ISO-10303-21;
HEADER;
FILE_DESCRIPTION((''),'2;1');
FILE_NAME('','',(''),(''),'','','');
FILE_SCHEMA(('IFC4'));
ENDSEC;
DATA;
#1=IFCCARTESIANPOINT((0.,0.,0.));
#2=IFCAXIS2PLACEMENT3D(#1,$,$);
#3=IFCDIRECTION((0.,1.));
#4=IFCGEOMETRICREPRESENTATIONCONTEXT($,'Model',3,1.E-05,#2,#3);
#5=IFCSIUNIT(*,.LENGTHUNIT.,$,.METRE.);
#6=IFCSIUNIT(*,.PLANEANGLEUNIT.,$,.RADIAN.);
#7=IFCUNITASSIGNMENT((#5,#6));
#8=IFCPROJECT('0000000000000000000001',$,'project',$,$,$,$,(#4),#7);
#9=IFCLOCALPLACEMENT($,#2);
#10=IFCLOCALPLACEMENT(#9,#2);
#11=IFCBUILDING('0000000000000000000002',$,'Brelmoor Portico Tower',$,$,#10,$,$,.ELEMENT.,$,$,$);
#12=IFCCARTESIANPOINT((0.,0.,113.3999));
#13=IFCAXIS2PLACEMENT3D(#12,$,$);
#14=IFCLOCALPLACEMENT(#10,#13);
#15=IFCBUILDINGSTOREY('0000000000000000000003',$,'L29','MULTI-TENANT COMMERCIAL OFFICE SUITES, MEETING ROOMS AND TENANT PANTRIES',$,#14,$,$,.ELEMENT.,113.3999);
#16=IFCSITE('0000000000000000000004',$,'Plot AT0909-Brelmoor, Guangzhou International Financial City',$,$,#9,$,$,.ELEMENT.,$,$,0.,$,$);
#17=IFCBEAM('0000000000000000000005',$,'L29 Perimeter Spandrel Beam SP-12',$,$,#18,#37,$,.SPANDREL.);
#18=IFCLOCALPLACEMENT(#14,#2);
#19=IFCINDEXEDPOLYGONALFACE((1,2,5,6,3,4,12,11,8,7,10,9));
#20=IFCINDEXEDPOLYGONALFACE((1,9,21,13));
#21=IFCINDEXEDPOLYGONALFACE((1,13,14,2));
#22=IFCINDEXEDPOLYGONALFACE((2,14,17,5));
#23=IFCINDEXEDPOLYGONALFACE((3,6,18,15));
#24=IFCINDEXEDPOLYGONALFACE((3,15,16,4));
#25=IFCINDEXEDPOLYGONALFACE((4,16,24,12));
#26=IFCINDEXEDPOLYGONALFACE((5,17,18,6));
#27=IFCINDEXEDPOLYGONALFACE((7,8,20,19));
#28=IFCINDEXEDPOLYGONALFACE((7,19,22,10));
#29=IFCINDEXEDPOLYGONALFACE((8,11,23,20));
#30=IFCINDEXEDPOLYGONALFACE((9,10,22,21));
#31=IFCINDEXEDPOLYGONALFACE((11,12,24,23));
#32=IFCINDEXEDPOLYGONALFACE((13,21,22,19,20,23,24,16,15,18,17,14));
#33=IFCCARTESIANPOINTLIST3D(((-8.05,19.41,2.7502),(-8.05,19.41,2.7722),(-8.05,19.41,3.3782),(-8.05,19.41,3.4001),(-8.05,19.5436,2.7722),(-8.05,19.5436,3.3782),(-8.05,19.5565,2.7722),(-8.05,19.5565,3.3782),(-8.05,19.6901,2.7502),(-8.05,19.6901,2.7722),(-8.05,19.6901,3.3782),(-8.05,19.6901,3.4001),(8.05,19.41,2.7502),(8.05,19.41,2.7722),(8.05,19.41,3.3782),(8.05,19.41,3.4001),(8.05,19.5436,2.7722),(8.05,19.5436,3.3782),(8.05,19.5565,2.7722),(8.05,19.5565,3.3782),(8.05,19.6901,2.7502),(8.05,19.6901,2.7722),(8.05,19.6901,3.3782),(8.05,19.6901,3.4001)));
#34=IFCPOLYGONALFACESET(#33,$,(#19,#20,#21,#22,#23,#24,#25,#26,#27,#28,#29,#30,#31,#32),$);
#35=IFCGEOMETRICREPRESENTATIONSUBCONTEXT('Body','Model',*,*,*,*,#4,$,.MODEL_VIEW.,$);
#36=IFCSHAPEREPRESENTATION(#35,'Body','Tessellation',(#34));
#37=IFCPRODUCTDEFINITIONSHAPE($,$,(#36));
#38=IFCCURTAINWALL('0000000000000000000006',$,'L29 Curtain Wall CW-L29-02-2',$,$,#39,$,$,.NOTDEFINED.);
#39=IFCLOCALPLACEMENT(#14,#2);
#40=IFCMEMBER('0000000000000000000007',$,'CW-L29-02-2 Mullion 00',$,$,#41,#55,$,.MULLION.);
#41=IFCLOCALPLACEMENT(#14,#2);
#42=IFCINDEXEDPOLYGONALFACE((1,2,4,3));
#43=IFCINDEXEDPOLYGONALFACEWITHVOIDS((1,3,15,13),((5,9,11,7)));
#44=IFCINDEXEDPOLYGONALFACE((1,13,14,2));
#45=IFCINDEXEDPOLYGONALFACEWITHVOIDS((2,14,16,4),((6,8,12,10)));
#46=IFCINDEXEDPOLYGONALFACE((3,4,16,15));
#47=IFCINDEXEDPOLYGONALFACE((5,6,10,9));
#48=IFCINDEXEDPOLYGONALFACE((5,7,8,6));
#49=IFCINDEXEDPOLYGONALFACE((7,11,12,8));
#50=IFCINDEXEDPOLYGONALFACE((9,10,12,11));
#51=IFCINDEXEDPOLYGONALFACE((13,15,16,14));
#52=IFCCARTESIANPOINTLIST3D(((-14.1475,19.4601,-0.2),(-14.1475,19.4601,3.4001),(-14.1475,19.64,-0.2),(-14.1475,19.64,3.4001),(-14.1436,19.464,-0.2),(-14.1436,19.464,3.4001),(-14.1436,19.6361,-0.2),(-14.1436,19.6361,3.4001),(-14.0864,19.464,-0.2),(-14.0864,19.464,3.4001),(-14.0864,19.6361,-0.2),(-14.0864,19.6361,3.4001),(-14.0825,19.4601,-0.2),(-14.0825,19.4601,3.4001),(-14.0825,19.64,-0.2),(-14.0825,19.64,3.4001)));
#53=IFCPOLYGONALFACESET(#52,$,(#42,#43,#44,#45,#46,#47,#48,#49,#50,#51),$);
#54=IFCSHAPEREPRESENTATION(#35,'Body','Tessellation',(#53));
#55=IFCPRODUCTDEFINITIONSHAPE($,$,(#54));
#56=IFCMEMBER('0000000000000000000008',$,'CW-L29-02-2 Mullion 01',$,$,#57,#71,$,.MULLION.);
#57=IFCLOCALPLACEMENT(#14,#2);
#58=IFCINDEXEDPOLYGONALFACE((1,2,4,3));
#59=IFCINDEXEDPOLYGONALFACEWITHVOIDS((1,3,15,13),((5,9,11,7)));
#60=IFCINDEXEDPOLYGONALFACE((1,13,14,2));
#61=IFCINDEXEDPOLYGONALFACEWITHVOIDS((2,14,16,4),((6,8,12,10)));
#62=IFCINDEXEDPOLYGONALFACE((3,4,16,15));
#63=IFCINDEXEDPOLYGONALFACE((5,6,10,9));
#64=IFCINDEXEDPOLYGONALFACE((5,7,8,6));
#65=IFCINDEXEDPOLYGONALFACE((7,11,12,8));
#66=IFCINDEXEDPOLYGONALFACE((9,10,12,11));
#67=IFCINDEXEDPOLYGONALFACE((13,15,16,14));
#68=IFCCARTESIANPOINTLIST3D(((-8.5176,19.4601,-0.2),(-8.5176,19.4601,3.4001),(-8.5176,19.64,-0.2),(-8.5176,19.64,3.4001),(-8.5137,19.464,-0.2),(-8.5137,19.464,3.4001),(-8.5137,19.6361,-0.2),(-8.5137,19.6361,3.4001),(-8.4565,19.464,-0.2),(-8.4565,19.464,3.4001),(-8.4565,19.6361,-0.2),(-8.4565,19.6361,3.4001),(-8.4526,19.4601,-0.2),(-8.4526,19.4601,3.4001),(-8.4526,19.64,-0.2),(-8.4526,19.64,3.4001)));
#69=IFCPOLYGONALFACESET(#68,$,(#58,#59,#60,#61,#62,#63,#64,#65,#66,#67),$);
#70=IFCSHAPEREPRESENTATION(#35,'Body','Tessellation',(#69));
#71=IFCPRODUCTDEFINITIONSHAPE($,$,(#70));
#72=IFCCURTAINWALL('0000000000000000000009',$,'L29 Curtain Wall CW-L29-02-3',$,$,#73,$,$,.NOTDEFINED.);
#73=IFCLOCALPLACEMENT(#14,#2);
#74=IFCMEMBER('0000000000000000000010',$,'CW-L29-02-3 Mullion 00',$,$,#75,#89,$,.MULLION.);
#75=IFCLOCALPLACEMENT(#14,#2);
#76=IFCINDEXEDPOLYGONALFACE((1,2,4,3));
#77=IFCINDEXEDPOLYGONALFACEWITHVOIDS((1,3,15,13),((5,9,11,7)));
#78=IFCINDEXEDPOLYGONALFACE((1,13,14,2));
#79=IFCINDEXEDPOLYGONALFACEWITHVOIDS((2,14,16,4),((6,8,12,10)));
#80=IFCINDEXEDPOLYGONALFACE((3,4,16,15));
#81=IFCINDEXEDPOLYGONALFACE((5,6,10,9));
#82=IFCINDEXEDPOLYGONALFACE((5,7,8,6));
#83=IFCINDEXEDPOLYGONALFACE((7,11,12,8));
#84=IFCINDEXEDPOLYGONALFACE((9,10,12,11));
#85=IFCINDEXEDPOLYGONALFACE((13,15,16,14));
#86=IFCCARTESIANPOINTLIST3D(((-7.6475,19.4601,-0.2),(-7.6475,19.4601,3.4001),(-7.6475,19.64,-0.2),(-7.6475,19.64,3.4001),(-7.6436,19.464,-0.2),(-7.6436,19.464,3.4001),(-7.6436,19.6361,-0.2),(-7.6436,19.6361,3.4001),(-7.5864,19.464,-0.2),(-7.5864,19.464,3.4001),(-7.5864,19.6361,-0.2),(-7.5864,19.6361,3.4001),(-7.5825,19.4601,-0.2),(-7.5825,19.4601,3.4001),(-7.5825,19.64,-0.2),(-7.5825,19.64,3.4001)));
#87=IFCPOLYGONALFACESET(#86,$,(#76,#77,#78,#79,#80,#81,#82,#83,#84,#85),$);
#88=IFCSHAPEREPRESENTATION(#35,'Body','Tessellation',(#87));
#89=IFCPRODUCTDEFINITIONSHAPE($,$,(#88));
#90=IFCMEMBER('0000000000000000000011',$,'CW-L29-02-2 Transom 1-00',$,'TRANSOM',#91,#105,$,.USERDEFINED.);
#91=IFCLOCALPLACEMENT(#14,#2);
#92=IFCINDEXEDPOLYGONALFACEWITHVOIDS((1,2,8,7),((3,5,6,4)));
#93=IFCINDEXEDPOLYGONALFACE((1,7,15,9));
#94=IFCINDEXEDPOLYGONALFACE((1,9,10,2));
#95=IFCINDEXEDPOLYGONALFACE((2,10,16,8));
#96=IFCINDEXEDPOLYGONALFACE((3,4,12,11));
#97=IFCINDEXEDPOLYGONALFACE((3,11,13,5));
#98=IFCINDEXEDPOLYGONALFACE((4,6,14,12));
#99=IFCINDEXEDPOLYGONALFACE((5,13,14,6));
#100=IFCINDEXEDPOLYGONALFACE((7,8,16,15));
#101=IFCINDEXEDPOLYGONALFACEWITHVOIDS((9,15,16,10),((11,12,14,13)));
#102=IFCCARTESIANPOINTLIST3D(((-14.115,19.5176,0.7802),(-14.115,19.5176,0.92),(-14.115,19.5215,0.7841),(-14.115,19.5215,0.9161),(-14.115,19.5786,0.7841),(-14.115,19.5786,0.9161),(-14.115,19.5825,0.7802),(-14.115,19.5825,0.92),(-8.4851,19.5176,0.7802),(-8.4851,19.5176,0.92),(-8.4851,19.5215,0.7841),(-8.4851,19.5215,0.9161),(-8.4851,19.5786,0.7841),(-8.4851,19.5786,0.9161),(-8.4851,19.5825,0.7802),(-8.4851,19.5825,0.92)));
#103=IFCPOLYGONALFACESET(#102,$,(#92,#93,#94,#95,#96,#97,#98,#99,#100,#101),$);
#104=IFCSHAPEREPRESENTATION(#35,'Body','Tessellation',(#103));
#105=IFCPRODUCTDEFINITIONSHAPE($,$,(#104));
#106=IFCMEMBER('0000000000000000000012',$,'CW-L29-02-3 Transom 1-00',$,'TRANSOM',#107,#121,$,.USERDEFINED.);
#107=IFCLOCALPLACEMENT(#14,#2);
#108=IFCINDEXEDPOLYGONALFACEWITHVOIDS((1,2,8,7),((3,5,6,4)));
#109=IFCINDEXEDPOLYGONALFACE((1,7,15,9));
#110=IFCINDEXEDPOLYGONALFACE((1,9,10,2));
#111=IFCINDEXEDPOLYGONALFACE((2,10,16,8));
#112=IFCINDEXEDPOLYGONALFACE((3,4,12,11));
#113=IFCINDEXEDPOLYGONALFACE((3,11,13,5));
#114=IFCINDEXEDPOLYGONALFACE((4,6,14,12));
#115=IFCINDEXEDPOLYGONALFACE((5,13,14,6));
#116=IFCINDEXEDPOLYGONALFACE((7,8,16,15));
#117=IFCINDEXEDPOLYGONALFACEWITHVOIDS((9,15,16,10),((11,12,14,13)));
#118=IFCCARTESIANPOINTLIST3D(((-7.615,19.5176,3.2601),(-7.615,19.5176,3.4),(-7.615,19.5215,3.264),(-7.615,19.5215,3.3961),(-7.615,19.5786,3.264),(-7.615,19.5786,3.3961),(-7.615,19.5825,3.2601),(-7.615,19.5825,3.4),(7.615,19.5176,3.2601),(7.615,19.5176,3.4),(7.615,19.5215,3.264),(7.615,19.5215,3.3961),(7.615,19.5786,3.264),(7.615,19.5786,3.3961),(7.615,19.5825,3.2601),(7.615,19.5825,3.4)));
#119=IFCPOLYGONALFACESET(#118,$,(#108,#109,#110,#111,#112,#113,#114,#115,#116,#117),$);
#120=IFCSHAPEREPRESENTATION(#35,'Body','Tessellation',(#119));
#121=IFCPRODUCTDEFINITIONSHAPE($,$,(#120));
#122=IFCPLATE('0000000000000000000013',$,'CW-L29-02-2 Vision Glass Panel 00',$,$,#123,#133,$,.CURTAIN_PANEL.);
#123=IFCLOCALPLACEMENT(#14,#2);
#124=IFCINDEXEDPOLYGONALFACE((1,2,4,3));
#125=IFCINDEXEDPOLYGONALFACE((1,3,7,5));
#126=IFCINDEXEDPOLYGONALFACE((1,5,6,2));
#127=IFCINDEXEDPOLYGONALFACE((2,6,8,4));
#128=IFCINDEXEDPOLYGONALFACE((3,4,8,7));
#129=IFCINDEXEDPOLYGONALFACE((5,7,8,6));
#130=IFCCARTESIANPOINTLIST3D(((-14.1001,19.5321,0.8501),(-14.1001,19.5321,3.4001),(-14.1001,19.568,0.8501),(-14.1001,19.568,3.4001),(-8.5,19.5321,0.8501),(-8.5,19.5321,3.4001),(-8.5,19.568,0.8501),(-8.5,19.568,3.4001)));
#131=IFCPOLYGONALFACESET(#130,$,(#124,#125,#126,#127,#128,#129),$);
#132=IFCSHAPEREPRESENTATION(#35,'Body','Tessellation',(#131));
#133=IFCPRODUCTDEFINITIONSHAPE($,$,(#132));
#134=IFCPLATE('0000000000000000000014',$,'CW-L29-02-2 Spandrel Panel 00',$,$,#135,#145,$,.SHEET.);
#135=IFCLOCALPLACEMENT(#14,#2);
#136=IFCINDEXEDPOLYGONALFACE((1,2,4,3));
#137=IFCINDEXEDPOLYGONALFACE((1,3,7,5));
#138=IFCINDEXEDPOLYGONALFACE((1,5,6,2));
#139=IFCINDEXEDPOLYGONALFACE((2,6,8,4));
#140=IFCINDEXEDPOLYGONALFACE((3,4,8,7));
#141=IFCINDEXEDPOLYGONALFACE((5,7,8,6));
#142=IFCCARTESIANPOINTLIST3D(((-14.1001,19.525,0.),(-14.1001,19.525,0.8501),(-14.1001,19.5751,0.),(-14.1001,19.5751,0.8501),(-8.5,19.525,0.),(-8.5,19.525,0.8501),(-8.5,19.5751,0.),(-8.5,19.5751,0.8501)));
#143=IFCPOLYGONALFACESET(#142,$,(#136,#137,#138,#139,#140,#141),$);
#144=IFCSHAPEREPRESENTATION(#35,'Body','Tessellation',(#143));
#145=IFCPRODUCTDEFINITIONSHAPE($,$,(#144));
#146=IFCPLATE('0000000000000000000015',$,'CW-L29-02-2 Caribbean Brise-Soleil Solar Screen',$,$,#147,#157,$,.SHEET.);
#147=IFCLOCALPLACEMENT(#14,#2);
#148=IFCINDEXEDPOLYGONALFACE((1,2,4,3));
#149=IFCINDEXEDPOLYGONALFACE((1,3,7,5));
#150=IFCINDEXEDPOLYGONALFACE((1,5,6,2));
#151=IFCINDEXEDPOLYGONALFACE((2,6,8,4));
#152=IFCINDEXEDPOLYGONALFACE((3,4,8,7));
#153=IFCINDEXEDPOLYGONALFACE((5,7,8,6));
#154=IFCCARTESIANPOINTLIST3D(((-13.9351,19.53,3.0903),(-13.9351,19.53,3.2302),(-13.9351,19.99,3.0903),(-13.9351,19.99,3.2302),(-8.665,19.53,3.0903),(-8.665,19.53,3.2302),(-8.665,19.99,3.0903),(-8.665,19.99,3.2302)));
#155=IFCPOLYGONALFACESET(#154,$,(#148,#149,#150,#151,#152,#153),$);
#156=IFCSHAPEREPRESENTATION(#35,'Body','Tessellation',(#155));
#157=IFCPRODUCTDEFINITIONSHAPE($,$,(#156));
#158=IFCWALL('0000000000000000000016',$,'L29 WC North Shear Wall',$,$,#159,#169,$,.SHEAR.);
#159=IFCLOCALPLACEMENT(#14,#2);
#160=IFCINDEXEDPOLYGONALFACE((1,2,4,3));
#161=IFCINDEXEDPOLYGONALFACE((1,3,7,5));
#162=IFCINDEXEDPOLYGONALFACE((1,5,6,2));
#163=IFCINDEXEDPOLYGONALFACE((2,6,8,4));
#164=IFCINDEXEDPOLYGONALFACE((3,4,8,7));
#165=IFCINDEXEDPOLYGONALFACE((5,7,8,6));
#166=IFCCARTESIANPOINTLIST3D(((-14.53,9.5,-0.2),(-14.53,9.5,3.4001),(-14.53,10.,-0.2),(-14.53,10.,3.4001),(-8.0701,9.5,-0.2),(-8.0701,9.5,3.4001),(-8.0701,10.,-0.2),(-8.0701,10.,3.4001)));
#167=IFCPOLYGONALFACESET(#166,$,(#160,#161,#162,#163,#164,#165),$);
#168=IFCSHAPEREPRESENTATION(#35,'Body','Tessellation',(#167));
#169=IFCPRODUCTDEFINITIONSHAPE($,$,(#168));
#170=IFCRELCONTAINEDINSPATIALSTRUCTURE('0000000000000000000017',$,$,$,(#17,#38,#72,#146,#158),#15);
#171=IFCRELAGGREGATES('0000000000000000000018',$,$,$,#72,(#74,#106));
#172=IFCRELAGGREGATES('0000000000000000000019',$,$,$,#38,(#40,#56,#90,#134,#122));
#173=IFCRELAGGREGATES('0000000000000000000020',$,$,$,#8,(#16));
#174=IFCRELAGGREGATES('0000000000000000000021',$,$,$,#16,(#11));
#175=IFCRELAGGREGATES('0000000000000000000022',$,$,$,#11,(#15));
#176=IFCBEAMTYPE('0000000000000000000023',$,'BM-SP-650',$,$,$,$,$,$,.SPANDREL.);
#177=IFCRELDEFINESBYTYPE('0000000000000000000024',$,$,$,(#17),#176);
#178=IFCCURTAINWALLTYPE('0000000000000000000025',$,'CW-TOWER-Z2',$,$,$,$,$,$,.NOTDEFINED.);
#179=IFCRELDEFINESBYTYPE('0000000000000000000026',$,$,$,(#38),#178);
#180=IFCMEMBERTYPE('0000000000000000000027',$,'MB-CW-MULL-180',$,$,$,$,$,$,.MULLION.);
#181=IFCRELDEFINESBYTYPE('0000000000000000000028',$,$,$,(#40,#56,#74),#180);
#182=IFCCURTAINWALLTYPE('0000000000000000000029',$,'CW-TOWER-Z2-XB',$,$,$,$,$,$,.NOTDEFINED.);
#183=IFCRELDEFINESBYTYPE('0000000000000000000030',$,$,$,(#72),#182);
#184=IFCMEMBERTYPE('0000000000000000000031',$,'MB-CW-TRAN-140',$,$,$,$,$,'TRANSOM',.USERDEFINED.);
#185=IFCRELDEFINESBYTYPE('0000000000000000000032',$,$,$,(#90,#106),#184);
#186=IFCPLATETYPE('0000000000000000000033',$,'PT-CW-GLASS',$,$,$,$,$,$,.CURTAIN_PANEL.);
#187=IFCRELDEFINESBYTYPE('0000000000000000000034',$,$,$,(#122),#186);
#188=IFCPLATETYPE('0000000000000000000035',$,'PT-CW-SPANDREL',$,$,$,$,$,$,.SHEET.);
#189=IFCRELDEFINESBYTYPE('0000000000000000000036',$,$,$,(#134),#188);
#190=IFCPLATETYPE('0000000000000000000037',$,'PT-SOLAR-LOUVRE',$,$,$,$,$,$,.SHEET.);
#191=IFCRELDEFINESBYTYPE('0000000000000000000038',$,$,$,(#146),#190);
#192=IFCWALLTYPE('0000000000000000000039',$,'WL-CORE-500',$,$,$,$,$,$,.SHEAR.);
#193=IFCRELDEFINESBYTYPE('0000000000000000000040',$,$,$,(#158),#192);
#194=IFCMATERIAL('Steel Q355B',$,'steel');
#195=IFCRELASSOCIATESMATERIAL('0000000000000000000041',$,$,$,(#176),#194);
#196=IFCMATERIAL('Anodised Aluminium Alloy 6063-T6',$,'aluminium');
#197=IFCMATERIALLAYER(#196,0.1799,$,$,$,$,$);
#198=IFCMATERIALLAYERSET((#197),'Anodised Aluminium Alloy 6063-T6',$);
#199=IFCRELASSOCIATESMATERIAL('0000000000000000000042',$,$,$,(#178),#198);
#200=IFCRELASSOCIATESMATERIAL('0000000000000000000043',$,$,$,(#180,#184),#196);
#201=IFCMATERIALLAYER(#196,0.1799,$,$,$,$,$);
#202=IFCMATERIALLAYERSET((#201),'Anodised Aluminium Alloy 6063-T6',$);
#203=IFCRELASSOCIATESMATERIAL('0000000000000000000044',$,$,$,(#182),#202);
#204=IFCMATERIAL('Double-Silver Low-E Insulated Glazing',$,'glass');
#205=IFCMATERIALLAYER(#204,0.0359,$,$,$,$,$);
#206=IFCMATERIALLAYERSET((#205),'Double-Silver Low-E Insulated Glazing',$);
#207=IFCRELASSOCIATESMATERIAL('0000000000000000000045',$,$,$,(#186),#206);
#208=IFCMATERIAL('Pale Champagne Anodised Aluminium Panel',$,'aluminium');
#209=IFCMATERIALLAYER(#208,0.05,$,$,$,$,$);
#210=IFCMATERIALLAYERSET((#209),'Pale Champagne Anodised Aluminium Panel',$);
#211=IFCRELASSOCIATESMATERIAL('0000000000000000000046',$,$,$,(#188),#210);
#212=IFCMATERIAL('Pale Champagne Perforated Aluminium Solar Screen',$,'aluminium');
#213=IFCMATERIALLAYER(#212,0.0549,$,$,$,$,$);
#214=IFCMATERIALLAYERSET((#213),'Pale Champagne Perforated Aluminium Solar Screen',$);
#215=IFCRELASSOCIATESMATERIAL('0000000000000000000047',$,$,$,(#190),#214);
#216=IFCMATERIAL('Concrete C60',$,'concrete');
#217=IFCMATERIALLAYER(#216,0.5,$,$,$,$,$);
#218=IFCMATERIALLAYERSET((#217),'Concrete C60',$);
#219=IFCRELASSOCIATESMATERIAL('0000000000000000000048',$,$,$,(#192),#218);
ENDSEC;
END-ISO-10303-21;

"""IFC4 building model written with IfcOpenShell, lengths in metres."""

from ifc_helpers import new_model, si_unit, direction, frame, frame_2d, origin, origin_2d, place, context, subcontext, project, spatial, rectangle, hollow_rectangle, i_section, extrude, material, layer, layer_set, material_profile, profile_set, type_object, element, aggregate, save


model = new_model("IFC4")

# Units and contexts
model_context = context("Model", 3, precision=1e-05, world=origin(), true_north=direction((0.0, 1.0)))
body_context = subcontext(model_context, "Body", "Model", "MODEL_VIEW")
ifc_project = project(units=[si_unit("LENGTHUNIT", "METRE"), si_unit("PLANEANGLEUNIT", "RADIAN")], contexts=[model_context])

# Site, building, storey
site_placement = place(None, origin())
site = spatial("IfcSite", under=ifc_project, at=site_placement, Name="Plot AT0909-Brelmoor, Guangzhou International Financial City", CompositionType="ELEMENT", RefElevation=0.0)
building_placement = place(site_placement, origin())
building = spatial("IfcBuilding", under=site, at=building_placement, Name="Brelmoor Portico Tower", CompositionType="ELEMENT")
storey_placement = place(building_placement, frame((0.0, 0.0, 113.3999)))
storey = spatial("IfcBuildingStorey", under=building, at=storey_placement, Name="L29", Description="MULTI-TENANT COMMERCIAL OFFICE SUITES, MEETING ROOMS AND TENANT PANTRIES", CompositionType="ELEMENT", Elevation=113.3999)

# Shared definitions
ifc_material_1 = material(Name="Steel Q355B", Category="steel")

# Beam
ifc_material_profile_1 = material_profile(ifc_material_1, i_section(OverallWidth=0.28, OverallDepth=0.6499, WebThickness=0.0129, FlangeThickness=0.022, at=origin_2d()), Name="HN 650x280x13x22")
ifc_profile_set_1 = profile_set([ifc_material_profile_1], Name="Steel Q355B")
beam_type_1 = type_object("IfcBeamType", Name="BM-SP-650", PredefinedType="SPANDREL", material=ifc_profile_set_1)
beam_1_placement = place(storey_placement, frame((-8.05, 19.55, 3.0752), z_axis=(1.0, 0.0, 0.0), x_axis=(0.0, 1.0, 0.0)))
element("IfcBeam", 1, at=beam_1_placement, inside=storey, type_object=beam_type_1, Name="L29 Perimeter Spandrel Beam SP-12", PredefinedType="SPANDREL", context=body_context, shape_type="SweptSolid", body=[
    extrude(i_section(OverallWidth=0.28, OverallDepth=0.6499, WebThickness=0.0129, FlangeThickness=0.022, at=origin_2d()), origin(), (0.0, 0.0, 1.0), 16.1001),
])

# Curtain wall, members
ifc_material_2 = material(Name="Anodised Aluminium Alloy 6063-T6", Category="aluminium")
ifc_layer_1 = layer(ifc_material_2, 0.1799)
ifc_layer_set_1 = layer_set([ifc_layer_1], Name="Anodised Aluminium Alloy 6063-T6")
curtain_wall_type_1 = type_object("IfcCurtainWallType", Name="CW-TOWER-Z2", PredefinedType="NOTDEFINED", material=ifc_layer_set_1)
curtain_wall_1_placement = place(storey_placement, origin())
curtain_wall_1 = element("IfcCurtainWall", 2, at=curtain_wall_1_placement, inside=storey, type_object=curtain_wall_type_1, Name="L29 Curtain Wall CW-L29-02-2", PredefinedType="NOTDEFINED")
ifc_material_profile_2 = material_profile(ifc_material_2, hollow_rectangle(XDim=0.0649, YDim=0.1799, WallThickness=0.0039, at=origin_2d()), Name="ALU MULLION 65x180")
ifc_profile_set_2 = profile_set([ifc_material_profile_2], Name="Anodised Aluminium Alloy 6063-T6")
member_type_1 = type_object("IfcMemberType", Name="MB-CW-MULL-180", PredefinedType="MULLION", material=ifc_profile_set_2)
member_1_placement = place(storey_placement, frame((-14.115, 19.55, -0.2), z_axis=(0.0, 0.0, 1.0), x_axis=(1.0, 0.0, 0.0)))
member_1 = element("IfcMember", 3, at=member_1_placement, type_object=member_type_1, Name="CW-L29-02-2 Mullion 00", PredefinedType="MULLION", context=body_context, shape_type="SweptSolid", body=[
    extrude(hollow_rectangle(XDim=0.0649, YDim=0.1799, WallThickness=0.0039, at=origin_2d()), origin(), (0.0, 0.0, 1.0), 3.6001),
])
member_2_placement = place(storey_placement, frame((-8.4851, 19.55, -0.2), z_axis=(0.0, 0.0, 1.0), x_axis=(1.0, 0.0, 0.0)))
member_2 = element("IfcMember", 4, at=member_2_placement, type_object=member_type_1, Name="CW-L29-02-2 Mullion 01", PredefinedType="MULLION", context=body_context, shape_type="SweptSolid", body=[
    extrude(hollow_rectangle(XDim=0.0649, YDim=0.1799, WallThickness=0.0039, at=origin_2d()), origin(), (0.0, 0.0, 1.0), 3.6001),
])

# Curtain wall, member
ifc_layer_2 = layer(ifc_material_2, 0.1799)
ifc_layer_set_2 = layer_set([ifc_layer_2], Name="Anodised Aluminium Alloy 6063-T6")
curtain_wall_type_2 = type_object("IfcCurtainWallType", Name="CW-TOWER-Z2-XB", PredefinedType="NOTDEFINED", material=ifc_layer_set_2)
curtain_wall_2_placement = place(storey_placement, origin())
curtain_wall_2 = element("IfcCurtainWall", 5, at=curtain_wall_2_placement, inside=storey, type_object=curtain_wall_type_2, Name="L29 Curtain Wall CW-L29-02-3", PredefinedType="NOTDEFINED")
member_3_placement = place(storey_placement, frame((-7.615, 19.55, -0.2), z_axis=(0.0, 0.0, 1.0), x_axis=(1.0, 0.0, 0.0)))
member_3 = element("IfcMember", 6, at=member_3_placement, type_object=member_type_1, Name="CW-L29-02-3 Mullion 00", PredefinedType="MULLION", context=body_context, shape_type="SweptSolid", body=[
    extrude(hollow_rectangle(XDim=0.0649, YDim=0.1799, WallThickness=0.0039, at=origin_2d()), origin(), (0.0, 0.0, 1.0), 3.6001),
])

# Members
ifc_material_profile_3 = material_profile(ifc_material_2, hollow_rectangle(XDim=0.0649, YDim=0.1399, WallThickness=0.0039, at=origin_2d()), Name="ALU TRANSOM 65x140")
ifc_profile_set_3 = profile_set([ifc_material_profile_3], Name="Anodised Aluminium Alloy 6063-T6")
member_type_2 = type_object("IfcMemberType", Name="MB-CW-TRAN-140", ElementType="TRANSOM", PredefinedType="USERDEFINED", material=ifc_profile_set_3)
member_4_placement = place(storey_placement, frame((-14.115, 19.55, 0.8501), z_axis=(1.0, 0.0, 0.0), x_axis=(0.0, 1.0, 0.0)))
member_4 = element("IfcMember", 7, at=member_4_placement, type_object=member_type_2, Name="CW-L29-02-2 Transom 1-00", ObjectType="TRANSOM", PredefinedType="USERDEFINED", context=body_context, shape_type="SweptSolid", body=[
    extrude(hollow_rectangle(XDim=0.0649, YDim=0.1399, WallThickness=0.0039, at=origin_2d()), origin(), (0.0, 0.0, 1.0), 5.6299),
])
member_5_placement = place(storey_placement, frame((-7.615, 19.55, 3.3301), z_axis=(1.0, 0.0, 0.0), x_axis=(0.0, 1.0, 0.0)))
member_5 = element("IfcMember", 8, at=member_5_placement, type_object=member_type_2, Name="CW-L29-02-3 Transom 1-00", ObjectType="TRANSOM", PredefinedType="USERDEFINED", context=body_context, shape_type="SweptSolid", body=[
    extrude(hollow_rectangle(XDim=0.0649, YDim=0.1399, WallThickness=0.0039, at=origin_2d()), origin(), (0.0, 0.0, 1.0), 15.23),
])
aggregate(curtain_wall_2, [member_3, member_5])

# Plates
ifc_material_3 = material(Name="Double-Silver Low-E Insulated Glazing", Category="glass")
ifc_layer_3 = layer(ifc_material_3, 0.0359)
ifc_layer_set_3 = layer_set([ifc_layer_3], Name="Double-Silver Low-E Insulated Glazing")
plate_type_1 = type_object("IfcPlateType", Name="PT-CW-GLASS", PredefinedType="CURTAIN_PANEL", material=ifc_layer_set_3)
plate_1_placement = place(storey_placement, frame((-11.3, 19.55, 0.8501), z_axis=(0.0, 0.0, 1.0), x_axis=(1.0, 0.0, 0.0)))
plate_1 = element("IfcPlate", 9, at=plate_1_placement, type_object=plate_type_1, Name="CW-L29-02-2 Vision Glass Panel 00", PredefinedType="CURTAIN_PANEL", context=body_context, shape_type="SweptSolid", body=[
    extrude(rectangle(XDim=5.6001, YDim=0.0359, at=origin_2d()), origin(), (0.0, 0.0, 1.0), 2.55),
])
ifc_material_4 = material(Name="Pale Champagne Anodised Aluminium Panel", Category="aluminium")
ifc_layer_4 = layer(ifc_material_4, 0.05)
ifc_layer_set_4 = layer_set([ifc_layer_4], Name="Pale Champagne Anodised Aluminium Panel")
plate_type_2 = type_object("IfcPlateType", Name="PT-CW-SPANDREL", PredefinedType="SHEET", material=ifc_layer_set_4)
plate_2_placement = place(storey_placement, frame((-11.3, 19.55, 0.0), z_axis=(0.0, 0.0, 1.0), x_axis=(1.0, 0.0, 0.0)))
plate_2 = element("IfcPlate", 10, at=plate_2_placement, type_object=plate_type_2, Name="CW-L29-02-2 Spandrel Panel 00", PredefinedType="SHEET", context=body_context, shape_type="SweptSolid", body=[
    extrude(rectangle(XDim=5.6001, YDim=0.05, at=origin_2d()), origin(), (0.0, 0.0, 1.0), 0.8501),
])
aggregate(curtain_wall_1, [member_1, member_2, member_4, plate_2, plate_1])
ifc_material_5 = material(Name="Pale Champagne Perforated Aluminium Solar Screen", Category="aluminium")
ifc_layer_5 = layer(ifc_material_5, 0.0549)
ifc_layer_set_5 = layer_set([ifc_layer_5], Name="Pale Champagne Perforated Aluminium Solar Screen")
plate_type_3 = type_object("IfcPlateType", Name="PT-SOLAR-LOUVRE", PredefinedType="SHEET", material=ifc_layer_set_5)
plate_3_placement = place(storey_placement, frame((-11.3, 19.76, 3.0903), z_axis=(0.0, 0.0, 1.0), x_axis=(1.0, 0.0, 0.0)))
element("IfcPlate", 11, at=plate_3_placement, inside=storey, type_object=plate_type_3, Name="CW-L29-02-2 Caribbean Brise-Soleil Solar Screen", PredefinedType="SHEET", context=body_context, shape_type="SweptSolid", body=[
    extrude(rectangle(XDim=5.27, YDim=0.46, at=origin_2d()), origin(), (0.0, 0.0, 1.0), 0.1399),
])

# Wall
ifc_material_6 = material(Name="Concrete C60", Category="concrete")
ifc_layer_6 = layer(ifc_material_6, 0.5)
ifc_layer_set_6 = layer_set([ifc_layer_6], Name="Concrete C60")
wall_type_1 = type_object("IfcWallType", Name="WL-CORE-500", PredefinedType="SHEAR", material=ifc_layer_set_6)
wall_1_placement = place(storey_placement, frame((-14.53, 9.75, -0.2), z_axis=(0.0, 0.0, 1.0), x_axis=(1.0, 0.0, 0.0)))
element("IfcWall", 12, at=wall_1_placement, inside=storey, type_object=wall_type_1, Name="L29 WC North Shear Wall", PredefinedType="SHEAR", context=body_context, shape_type="SweptSolid", body=[
    extrude(rectangle(XDim=6.46, YDim=0.5, at=frame_2d((3.23, 0.0))), origin(), (0.0, 0.0, 1.0), 3.6001),
])

save(model, "model.ifc")
